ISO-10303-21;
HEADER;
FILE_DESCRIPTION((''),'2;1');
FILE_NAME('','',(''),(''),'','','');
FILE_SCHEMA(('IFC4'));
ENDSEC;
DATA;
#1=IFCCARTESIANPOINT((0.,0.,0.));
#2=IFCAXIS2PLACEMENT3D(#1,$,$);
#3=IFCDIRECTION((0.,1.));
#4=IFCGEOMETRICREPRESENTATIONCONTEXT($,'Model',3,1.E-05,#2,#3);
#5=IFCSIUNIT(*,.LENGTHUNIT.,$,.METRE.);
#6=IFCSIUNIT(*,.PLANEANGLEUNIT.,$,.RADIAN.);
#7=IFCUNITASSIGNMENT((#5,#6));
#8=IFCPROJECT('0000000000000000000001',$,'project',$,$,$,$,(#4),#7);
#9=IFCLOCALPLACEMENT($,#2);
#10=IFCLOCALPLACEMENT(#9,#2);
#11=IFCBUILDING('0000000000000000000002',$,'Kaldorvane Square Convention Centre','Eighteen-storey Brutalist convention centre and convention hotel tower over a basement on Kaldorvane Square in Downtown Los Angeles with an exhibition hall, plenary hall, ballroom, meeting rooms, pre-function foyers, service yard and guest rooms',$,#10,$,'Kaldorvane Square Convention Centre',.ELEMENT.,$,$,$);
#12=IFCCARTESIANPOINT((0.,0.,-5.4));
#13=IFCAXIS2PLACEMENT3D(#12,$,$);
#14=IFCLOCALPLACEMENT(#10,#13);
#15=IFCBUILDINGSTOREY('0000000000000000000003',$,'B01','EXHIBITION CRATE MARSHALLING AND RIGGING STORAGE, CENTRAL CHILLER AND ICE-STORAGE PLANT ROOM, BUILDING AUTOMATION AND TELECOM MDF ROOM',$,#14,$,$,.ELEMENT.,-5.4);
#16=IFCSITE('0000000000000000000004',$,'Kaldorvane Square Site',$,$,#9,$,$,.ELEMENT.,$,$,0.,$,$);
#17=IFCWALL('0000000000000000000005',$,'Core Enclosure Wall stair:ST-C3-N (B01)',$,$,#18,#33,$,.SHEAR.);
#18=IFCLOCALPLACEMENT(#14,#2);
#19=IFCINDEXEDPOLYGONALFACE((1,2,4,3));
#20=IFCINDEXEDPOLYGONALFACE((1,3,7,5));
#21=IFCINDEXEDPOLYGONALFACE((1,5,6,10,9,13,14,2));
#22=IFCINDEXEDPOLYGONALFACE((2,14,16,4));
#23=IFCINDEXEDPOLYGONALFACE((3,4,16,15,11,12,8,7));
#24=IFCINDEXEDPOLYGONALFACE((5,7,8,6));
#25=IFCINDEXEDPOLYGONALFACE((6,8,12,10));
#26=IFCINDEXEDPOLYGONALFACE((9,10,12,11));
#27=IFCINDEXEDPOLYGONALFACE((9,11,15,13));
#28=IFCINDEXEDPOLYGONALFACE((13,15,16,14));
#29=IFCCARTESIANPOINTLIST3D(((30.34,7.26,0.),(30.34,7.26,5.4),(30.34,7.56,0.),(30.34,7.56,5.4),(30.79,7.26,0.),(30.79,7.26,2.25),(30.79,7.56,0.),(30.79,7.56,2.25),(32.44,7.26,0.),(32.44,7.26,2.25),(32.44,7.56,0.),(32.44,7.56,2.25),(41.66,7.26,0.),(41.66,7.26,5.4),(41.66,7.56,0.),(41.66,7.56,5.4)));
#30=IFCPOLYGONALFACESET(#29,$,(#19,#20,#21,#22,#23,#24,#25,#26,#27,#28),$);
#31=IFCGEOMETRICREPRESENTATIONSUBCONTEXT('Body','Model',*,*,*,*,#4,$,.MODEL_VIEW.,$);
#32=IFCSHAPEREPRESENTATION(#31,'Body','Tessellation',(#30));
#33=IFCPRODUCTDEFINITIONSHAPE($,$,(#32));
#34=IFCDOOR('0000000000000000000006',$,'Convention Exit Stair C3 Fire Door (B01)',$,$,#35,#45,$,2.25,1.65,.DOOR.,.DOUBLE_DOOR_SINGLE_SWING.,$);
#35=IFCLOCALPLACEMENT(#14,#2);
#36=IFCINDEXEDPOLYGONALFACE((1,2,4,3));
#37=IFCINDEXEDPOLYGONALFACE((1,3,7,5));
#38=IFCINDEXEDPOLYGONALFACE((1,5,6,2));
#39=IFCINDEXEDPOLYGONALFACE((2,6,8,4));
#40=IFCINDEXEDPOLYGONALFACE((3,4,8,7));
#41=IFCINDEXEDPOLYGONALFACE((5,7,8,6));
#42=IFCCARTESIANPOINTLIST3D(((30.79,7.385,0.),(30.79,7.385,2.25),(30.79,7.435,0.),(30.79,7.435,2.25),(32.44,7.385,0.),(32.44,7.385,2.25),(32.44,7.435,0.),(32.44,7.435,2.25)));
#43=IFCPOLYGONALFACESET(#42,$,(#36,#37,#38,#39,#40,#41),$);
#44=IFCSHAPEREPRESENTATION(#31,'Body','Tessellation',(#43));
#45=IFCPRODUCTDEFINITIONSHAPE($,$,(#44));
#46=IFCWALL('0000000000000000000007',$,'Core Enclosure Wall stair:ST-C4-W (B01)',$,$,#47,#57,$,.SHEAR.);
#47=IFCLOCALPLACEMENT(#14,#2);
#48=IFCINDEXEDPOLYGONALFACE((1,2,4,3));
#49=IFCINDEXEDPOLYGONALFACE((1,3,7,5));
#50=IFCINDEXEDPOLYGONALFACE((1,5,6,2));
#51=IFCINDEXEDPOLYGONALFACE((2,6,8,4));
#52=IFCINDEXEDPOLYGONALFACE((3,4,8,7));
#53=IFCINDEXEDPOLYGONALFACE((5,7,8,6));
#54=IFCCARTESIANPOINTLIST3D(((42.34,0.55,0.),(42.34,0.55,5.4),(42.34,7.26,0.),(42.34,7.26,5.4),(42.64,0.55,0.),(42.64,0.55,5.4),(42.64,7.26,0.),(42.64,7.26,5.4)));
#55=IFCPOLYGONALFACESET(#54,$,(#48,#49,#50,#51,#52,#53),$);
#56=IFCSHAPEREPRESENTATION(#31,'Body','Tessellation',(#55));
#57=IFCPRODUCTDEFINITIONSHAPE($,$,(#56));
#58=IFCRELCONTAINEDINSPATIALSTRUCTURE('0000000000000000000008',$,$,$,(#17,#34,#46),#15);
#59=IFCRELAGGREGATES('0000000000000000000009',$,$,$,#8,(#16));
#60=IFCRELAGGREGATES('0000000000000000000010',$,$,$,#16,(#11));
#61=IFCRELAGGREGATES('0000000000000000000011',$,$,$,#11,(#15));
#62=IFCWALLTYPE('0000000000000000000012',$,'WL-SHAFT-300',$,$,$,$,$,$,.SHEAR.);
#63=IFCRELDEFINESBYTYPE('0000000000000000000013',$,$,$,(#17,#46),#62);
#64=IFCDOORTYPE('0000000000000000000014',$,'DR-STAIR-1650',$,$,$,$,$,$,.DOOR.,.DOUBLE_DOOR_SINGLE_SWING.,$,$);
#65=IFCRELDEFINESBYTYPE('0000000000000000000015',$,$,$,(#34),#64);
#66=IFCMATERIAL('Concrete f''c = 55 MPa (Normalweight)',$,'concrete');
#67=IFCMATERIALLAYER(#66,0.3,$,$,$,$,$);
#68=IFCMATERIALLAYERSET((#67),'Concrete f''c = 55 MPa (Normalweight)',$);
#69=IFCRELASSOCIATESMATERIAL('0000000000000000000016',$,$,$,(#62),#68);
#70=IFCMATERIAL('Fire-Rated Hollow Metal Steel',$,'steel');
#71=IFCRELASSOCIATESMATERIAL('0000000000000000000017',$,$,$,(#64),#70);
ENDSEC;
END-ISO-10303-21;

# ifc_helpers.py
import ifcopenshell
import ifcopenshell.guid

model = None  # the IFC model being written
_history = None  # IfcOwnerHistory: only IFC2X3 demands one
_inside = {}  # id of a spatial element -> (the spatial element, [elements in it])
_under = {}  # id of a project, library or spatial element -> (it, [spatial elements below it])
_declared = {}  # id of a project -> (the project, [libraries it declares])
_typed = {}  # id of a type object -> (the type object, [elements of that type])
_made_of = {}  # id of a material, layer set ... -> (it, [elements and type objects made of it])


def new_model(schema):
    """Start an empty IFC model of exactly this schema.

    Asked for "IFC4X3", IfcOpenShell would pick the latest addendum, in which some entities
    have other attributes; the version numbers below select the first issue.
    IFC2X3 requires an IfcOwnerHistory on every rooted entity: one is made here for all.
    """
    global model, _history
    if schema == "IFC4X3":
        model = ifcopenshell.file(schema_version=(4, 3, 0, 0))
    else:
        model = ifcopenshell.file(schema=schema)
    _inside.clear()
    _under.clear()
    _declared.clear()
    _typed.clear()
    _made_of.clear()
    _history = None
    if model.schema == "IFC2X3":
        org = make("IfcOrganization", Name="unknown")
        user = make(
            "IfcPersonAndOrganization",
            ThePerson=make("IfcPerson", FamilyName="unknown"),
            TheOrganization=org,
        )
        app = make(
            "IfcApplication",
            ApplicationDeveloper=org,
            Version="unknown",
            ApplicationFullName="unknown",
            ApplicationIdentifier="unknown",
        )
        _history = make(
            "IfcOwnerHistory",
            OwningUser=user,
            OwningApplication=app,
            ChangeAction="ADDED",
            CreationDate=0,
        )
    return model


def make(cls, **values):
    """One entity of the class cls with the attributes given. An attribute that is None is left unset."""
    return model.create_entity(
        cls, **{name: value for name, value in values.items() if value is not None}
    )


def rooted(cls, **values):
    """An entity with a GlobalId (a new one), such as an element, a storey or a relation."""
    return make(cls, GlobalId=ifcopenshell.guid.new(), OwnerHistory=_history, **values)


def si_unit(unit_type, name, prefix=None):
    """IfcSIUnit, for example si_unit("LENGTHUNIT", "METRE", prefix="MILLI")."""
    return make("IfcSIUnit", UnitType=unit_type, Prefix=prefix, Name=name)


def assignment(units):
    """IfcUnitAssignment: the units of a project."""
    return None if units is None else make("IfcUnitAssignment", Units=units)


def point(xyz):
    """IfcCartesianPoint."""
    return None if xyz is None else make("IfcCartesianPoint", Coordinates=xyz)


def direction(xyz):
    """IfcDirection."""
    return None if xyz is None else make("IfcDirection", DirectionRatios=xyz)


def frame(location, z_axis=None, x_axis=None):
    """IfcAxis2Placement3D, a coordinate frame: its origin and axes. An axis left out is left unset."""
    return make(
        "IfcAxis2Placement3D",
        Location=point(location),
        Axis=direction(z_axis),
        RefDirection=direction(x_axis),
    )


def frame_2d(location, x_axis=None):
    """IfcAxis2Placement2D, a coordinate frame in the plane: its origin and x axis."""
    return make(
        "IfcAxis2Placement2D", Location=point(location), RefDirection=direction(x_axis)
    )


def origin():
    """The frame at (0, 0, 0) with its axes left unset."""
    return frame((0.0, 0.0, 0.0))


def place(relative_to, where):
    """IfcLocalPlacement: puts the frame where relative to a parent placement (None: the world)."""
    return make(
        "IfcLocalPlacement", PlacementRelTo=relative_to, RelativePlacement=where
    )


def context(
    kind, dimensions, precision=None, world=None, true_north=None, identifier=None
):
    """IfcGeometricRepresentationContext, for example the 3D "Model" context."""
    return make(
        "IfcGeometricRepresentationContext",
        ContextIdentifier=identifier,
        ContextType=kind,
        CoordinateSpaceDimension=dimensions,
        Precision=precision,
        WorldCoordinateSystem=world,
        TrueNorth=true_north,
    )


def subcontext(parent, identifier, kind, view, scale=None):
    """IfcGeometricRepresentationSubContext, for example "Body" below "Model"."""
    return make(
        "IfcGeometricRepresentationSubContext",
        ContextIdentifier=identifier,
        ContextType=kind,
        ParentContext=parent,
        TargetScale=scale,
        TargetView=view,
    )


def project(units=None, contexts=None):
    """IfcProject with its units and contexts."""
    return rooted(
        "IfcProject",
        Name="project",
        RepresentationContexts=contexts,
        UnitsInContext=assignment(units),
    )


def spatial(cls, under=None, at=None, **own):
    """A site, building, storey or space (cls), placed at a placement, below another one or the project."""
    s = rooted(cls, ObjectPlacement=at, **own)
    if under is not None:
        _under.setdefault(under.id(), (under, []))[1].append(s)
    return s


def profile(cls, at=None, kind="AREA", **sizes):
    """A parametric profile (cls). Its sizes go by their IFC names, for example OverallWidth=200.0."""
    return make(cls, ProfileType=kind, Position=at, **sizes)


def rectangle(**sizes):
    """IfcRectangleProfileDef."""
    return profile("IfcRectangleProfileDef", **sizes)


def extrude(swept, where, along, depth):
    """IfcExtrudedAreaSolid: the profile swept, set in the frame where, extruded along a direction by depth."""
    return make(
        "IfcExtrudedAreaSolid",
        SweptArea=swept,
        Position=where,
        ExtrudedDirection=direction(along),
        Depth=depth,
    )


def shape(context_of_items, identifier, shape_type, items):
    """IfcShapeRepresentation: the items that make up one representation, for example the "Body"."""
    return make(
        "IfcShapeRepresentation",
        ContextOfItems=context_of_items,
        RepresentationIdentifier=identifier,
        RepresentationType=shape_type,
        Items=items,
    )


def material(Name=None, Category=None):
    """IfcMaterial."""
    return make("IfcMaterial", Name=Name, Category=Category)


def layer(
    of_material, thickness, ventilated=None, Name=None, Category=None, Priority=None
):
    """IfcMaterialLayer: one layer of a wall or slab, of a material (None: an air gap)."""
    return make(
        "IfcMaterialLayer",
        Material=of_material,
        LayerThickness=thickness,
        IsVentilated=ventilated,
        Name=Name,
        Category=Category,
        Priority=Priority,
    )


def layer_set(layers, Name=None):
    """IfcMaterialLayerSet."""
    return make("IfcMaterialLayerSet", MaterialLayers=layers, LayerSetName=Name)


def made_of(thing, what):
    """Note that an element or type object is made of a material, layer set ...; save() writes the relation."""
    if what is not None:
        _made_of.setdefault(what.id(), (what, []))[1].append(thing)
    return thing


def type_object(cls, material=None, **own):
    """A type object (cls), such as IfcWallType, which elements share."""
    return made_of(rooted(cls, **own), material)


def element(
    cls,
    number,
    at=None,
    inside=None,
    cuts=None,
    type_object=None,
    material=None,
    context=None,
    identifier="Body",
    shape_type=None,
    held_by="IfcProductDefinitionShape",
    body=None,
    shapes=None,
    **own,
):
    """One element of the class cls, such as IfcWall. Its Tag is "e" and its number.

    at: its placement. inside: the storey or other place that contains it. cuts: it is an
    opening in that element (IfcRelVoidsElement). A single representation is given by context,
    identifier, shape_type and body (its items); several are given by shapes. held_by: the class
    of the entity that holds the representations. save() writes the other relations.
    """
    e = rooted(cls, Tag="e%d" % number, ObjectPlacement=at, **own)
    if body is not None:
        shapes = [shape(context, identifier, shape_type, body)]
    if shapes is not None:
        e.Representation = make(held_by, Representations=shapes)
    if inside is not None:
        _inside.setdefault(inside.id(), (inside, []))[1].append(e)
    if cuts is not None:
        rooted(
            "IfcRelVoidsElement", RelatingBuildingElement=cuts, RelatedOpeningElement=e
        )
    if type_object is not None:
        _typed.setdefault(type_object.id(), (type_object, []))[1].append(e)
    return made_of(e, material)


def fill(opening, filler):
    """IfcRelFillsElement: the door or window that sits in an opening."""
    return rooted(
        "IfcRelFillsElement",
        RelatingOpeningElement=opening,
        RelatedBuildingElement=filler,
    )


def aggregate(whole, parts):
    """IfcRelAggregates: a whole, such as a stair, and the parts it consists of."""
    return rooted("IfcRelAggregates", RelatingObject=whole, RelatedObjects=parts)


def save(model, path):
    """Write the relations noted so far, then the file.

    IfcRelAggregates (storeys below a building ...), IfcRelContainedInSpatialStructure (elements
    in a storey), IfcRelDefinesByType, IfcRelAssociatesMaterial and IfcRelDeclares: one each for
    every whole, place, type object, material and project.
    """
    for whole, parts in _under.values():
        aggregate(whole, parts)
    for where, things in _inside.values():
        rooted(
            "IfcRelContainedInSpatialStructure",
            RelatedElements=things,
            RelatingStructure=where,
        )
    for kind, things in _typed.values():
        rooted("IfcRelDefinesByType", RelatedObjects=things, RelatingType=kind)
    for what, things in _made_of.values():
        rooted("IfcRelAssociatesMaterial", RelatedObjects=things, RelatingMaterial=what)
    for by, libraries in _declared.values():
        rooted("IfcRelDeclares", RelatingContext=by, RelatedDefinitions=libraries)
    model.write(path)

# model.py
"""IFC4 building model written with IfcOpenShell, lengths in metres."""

from ifc_helpers import new_model, si_unit, direction, frame, frame_2d, origin, place, context, subcontext, project, spatial, rectangle, extrude, material, layer, layer_set, type_object, element, fill, save


model = new_model("IFC4")

# Units and contexts
model_context = context("Model", 3, precision=1e-05, world=origin(), true_north=direction((0.0, 1.0)))
body_context = subcontext(model_context, "Body", "Model", "MODEL_VIEW")
ifc_project = project(units=[si_unit("LENGTHUNIT", "METRE"), si_unit("PLANEANGLEUNIT", "RADIAN")], contexts=[model_context])

# Site, building, storey
site_placement = place(None, origin())
site = spatial("IfcSite", under=ifc_project, at=site_placement, Name="Kaldorvane Square Site", CompositionType="ELEMENT", RefElevation=0.0)
building_placement = place(site_placement, origin())
building = spatial("IfcBuilding", under=site, at=building_placement, Name="Kaldorvane Square Convention Centre", Description="Eighteen-storey Brutalist convention centre and convention hotel tower over a basement on Kaldorvane Square in Downtown Los Angeles with an exhibition hall, plenary hall, ballroom, meeting rooms, pre-function foyers, service yard and guest rooms", LongName="Kaldorvane Square Convention Centre", CompositionType="ELEMENT")
storey_placement = place(building_placement, frame((0.0, 0.0, -5.4)))
storey = spatial("IfcBuildingStorey", under=building, at=storey_placement, Name="B01", Description="EXHIBITION CRATE MARSHALLING AND RIGGING STORAGE, CENTRAL CHILLER AND ICE-STORAGE PLANT ROOM, BUILDING AUTOMATION AND TELECOM MDF ROOM", CompositionType="ELEMENT", Elevation=-5.4)

# Shared definitions
ifc_material_1 = material(Name="Concrete f'c = 55 MPa (Normalweight)", Category="concrete")

# Wall, opening, door
ifc_layer_1 = layer(ifc_material_1, 0.3)
ifc_layer_set_1 = layer_set([ifc_layer_1], Name="Concrete f'c = 55 MPa (Normalweight)")
wall_type_1 = type_object("IfcWallType", Name="WL-SHAFT-300", PredefinedType="SHEAR", material=ifc_layer_set_1)
wall_1_placement = place(storey_placement, frame((41.66, 7.41, 0.0), z_axis=(0.0, 0.0, 1.0), x_axis=(-1.0, 0.0, 0.0)))
wall_1 = element("IfcWall", 1, at=wall_1_placement, inside=storey, type_object=wall_type_1, Name="Core Enclosure Wall stair:ST-C3-N (B01)", PredefinedType="SHEAR", context=body_context, shape_type="SweptSolid", body=[
    extrude(rectangle(XDim=11.32, YDim=0.3, at=frame_2d((5.66, 0.0))), origin(), (0.0, 0.0, 1.0), 5.4),
])
opening_placement = place(wall_1_placement, frame((9.22, 0.0, 0.0)))
opening = element("IfcOpeningElement", 2, at=opening_placement, cuts=wall_1, PredefinedType="OPENING", context=body_context, shape_type="SweptSolid", body=[
    extrude(rectangle(XDim=1.65, YDim=2.25, at=frame_2d((0.825, 1.125))), frame((0.0, 0.165, 0.0), z_axis=(0.0, -1.0, 0.0), x_axis=(1.0, 0.0, 0.0)), (0.0, 0.0, 1.0), 0.33),
])
ifc_material_2 = material(Name="Fire-Rated Hollow Metal Steel", Category="steel")
door_type = type_object("IfcDoorType", Name="DR-STAIR-1650", OperationType="DOUBLE_DOOR_SINGLE_SWING", PredefinedType="DOOR", material=ifc_material_2)
door_placement = place(opening_placement, origin())
door = element("IfcDoor", 3, at=door_placement, inside=storey, type_object=door_type, Name="Convention Exit Stair C3 Fire Door (B01)", OperationType="DOUBLE_DOOR_SINGLE_SWING", OverallHeight=2.25, OverallWidth=1.65, PredefinedType="DOOR", context=body_context, shape_type="SweptSolid", body=[
    extrude(rectangle(XDim=1.65, YDim=2.25, at=frame_2d((0.825, 1.125))), frame((0.0, 0.025, 0.0), z_axis=(0.0, -1.0, 0.0), x_axis=(1.0, 0.0, 0.0)), (0.0, 0.0, 1.0), 0.05),
])
fill(opening, door)

# Wall
wall_2_placement = place(storey_placement, frame((42.49, 7.26, 0.0), z_axis=(0.0, 0.0, 1.0), x_axis=(0.0, -1.0, 0.0)))
element("IfcWall", 4, at=wall_2_placement, inside=storey, type_object=wall_type_1, Name="Core Enclosure Wall stair:ST-C4-W (B01)", PredefinedType="SHEAR", context=body_context, shape_type="SweptSolid", body=[
    extrude(rectangle(XDim=6.71, YDim=0.3, at=frame_2d((3.355, 0.0))), origin(), (0.0, 0.0, 1.0), 5.4),
])

save(model, "model.ifc")
